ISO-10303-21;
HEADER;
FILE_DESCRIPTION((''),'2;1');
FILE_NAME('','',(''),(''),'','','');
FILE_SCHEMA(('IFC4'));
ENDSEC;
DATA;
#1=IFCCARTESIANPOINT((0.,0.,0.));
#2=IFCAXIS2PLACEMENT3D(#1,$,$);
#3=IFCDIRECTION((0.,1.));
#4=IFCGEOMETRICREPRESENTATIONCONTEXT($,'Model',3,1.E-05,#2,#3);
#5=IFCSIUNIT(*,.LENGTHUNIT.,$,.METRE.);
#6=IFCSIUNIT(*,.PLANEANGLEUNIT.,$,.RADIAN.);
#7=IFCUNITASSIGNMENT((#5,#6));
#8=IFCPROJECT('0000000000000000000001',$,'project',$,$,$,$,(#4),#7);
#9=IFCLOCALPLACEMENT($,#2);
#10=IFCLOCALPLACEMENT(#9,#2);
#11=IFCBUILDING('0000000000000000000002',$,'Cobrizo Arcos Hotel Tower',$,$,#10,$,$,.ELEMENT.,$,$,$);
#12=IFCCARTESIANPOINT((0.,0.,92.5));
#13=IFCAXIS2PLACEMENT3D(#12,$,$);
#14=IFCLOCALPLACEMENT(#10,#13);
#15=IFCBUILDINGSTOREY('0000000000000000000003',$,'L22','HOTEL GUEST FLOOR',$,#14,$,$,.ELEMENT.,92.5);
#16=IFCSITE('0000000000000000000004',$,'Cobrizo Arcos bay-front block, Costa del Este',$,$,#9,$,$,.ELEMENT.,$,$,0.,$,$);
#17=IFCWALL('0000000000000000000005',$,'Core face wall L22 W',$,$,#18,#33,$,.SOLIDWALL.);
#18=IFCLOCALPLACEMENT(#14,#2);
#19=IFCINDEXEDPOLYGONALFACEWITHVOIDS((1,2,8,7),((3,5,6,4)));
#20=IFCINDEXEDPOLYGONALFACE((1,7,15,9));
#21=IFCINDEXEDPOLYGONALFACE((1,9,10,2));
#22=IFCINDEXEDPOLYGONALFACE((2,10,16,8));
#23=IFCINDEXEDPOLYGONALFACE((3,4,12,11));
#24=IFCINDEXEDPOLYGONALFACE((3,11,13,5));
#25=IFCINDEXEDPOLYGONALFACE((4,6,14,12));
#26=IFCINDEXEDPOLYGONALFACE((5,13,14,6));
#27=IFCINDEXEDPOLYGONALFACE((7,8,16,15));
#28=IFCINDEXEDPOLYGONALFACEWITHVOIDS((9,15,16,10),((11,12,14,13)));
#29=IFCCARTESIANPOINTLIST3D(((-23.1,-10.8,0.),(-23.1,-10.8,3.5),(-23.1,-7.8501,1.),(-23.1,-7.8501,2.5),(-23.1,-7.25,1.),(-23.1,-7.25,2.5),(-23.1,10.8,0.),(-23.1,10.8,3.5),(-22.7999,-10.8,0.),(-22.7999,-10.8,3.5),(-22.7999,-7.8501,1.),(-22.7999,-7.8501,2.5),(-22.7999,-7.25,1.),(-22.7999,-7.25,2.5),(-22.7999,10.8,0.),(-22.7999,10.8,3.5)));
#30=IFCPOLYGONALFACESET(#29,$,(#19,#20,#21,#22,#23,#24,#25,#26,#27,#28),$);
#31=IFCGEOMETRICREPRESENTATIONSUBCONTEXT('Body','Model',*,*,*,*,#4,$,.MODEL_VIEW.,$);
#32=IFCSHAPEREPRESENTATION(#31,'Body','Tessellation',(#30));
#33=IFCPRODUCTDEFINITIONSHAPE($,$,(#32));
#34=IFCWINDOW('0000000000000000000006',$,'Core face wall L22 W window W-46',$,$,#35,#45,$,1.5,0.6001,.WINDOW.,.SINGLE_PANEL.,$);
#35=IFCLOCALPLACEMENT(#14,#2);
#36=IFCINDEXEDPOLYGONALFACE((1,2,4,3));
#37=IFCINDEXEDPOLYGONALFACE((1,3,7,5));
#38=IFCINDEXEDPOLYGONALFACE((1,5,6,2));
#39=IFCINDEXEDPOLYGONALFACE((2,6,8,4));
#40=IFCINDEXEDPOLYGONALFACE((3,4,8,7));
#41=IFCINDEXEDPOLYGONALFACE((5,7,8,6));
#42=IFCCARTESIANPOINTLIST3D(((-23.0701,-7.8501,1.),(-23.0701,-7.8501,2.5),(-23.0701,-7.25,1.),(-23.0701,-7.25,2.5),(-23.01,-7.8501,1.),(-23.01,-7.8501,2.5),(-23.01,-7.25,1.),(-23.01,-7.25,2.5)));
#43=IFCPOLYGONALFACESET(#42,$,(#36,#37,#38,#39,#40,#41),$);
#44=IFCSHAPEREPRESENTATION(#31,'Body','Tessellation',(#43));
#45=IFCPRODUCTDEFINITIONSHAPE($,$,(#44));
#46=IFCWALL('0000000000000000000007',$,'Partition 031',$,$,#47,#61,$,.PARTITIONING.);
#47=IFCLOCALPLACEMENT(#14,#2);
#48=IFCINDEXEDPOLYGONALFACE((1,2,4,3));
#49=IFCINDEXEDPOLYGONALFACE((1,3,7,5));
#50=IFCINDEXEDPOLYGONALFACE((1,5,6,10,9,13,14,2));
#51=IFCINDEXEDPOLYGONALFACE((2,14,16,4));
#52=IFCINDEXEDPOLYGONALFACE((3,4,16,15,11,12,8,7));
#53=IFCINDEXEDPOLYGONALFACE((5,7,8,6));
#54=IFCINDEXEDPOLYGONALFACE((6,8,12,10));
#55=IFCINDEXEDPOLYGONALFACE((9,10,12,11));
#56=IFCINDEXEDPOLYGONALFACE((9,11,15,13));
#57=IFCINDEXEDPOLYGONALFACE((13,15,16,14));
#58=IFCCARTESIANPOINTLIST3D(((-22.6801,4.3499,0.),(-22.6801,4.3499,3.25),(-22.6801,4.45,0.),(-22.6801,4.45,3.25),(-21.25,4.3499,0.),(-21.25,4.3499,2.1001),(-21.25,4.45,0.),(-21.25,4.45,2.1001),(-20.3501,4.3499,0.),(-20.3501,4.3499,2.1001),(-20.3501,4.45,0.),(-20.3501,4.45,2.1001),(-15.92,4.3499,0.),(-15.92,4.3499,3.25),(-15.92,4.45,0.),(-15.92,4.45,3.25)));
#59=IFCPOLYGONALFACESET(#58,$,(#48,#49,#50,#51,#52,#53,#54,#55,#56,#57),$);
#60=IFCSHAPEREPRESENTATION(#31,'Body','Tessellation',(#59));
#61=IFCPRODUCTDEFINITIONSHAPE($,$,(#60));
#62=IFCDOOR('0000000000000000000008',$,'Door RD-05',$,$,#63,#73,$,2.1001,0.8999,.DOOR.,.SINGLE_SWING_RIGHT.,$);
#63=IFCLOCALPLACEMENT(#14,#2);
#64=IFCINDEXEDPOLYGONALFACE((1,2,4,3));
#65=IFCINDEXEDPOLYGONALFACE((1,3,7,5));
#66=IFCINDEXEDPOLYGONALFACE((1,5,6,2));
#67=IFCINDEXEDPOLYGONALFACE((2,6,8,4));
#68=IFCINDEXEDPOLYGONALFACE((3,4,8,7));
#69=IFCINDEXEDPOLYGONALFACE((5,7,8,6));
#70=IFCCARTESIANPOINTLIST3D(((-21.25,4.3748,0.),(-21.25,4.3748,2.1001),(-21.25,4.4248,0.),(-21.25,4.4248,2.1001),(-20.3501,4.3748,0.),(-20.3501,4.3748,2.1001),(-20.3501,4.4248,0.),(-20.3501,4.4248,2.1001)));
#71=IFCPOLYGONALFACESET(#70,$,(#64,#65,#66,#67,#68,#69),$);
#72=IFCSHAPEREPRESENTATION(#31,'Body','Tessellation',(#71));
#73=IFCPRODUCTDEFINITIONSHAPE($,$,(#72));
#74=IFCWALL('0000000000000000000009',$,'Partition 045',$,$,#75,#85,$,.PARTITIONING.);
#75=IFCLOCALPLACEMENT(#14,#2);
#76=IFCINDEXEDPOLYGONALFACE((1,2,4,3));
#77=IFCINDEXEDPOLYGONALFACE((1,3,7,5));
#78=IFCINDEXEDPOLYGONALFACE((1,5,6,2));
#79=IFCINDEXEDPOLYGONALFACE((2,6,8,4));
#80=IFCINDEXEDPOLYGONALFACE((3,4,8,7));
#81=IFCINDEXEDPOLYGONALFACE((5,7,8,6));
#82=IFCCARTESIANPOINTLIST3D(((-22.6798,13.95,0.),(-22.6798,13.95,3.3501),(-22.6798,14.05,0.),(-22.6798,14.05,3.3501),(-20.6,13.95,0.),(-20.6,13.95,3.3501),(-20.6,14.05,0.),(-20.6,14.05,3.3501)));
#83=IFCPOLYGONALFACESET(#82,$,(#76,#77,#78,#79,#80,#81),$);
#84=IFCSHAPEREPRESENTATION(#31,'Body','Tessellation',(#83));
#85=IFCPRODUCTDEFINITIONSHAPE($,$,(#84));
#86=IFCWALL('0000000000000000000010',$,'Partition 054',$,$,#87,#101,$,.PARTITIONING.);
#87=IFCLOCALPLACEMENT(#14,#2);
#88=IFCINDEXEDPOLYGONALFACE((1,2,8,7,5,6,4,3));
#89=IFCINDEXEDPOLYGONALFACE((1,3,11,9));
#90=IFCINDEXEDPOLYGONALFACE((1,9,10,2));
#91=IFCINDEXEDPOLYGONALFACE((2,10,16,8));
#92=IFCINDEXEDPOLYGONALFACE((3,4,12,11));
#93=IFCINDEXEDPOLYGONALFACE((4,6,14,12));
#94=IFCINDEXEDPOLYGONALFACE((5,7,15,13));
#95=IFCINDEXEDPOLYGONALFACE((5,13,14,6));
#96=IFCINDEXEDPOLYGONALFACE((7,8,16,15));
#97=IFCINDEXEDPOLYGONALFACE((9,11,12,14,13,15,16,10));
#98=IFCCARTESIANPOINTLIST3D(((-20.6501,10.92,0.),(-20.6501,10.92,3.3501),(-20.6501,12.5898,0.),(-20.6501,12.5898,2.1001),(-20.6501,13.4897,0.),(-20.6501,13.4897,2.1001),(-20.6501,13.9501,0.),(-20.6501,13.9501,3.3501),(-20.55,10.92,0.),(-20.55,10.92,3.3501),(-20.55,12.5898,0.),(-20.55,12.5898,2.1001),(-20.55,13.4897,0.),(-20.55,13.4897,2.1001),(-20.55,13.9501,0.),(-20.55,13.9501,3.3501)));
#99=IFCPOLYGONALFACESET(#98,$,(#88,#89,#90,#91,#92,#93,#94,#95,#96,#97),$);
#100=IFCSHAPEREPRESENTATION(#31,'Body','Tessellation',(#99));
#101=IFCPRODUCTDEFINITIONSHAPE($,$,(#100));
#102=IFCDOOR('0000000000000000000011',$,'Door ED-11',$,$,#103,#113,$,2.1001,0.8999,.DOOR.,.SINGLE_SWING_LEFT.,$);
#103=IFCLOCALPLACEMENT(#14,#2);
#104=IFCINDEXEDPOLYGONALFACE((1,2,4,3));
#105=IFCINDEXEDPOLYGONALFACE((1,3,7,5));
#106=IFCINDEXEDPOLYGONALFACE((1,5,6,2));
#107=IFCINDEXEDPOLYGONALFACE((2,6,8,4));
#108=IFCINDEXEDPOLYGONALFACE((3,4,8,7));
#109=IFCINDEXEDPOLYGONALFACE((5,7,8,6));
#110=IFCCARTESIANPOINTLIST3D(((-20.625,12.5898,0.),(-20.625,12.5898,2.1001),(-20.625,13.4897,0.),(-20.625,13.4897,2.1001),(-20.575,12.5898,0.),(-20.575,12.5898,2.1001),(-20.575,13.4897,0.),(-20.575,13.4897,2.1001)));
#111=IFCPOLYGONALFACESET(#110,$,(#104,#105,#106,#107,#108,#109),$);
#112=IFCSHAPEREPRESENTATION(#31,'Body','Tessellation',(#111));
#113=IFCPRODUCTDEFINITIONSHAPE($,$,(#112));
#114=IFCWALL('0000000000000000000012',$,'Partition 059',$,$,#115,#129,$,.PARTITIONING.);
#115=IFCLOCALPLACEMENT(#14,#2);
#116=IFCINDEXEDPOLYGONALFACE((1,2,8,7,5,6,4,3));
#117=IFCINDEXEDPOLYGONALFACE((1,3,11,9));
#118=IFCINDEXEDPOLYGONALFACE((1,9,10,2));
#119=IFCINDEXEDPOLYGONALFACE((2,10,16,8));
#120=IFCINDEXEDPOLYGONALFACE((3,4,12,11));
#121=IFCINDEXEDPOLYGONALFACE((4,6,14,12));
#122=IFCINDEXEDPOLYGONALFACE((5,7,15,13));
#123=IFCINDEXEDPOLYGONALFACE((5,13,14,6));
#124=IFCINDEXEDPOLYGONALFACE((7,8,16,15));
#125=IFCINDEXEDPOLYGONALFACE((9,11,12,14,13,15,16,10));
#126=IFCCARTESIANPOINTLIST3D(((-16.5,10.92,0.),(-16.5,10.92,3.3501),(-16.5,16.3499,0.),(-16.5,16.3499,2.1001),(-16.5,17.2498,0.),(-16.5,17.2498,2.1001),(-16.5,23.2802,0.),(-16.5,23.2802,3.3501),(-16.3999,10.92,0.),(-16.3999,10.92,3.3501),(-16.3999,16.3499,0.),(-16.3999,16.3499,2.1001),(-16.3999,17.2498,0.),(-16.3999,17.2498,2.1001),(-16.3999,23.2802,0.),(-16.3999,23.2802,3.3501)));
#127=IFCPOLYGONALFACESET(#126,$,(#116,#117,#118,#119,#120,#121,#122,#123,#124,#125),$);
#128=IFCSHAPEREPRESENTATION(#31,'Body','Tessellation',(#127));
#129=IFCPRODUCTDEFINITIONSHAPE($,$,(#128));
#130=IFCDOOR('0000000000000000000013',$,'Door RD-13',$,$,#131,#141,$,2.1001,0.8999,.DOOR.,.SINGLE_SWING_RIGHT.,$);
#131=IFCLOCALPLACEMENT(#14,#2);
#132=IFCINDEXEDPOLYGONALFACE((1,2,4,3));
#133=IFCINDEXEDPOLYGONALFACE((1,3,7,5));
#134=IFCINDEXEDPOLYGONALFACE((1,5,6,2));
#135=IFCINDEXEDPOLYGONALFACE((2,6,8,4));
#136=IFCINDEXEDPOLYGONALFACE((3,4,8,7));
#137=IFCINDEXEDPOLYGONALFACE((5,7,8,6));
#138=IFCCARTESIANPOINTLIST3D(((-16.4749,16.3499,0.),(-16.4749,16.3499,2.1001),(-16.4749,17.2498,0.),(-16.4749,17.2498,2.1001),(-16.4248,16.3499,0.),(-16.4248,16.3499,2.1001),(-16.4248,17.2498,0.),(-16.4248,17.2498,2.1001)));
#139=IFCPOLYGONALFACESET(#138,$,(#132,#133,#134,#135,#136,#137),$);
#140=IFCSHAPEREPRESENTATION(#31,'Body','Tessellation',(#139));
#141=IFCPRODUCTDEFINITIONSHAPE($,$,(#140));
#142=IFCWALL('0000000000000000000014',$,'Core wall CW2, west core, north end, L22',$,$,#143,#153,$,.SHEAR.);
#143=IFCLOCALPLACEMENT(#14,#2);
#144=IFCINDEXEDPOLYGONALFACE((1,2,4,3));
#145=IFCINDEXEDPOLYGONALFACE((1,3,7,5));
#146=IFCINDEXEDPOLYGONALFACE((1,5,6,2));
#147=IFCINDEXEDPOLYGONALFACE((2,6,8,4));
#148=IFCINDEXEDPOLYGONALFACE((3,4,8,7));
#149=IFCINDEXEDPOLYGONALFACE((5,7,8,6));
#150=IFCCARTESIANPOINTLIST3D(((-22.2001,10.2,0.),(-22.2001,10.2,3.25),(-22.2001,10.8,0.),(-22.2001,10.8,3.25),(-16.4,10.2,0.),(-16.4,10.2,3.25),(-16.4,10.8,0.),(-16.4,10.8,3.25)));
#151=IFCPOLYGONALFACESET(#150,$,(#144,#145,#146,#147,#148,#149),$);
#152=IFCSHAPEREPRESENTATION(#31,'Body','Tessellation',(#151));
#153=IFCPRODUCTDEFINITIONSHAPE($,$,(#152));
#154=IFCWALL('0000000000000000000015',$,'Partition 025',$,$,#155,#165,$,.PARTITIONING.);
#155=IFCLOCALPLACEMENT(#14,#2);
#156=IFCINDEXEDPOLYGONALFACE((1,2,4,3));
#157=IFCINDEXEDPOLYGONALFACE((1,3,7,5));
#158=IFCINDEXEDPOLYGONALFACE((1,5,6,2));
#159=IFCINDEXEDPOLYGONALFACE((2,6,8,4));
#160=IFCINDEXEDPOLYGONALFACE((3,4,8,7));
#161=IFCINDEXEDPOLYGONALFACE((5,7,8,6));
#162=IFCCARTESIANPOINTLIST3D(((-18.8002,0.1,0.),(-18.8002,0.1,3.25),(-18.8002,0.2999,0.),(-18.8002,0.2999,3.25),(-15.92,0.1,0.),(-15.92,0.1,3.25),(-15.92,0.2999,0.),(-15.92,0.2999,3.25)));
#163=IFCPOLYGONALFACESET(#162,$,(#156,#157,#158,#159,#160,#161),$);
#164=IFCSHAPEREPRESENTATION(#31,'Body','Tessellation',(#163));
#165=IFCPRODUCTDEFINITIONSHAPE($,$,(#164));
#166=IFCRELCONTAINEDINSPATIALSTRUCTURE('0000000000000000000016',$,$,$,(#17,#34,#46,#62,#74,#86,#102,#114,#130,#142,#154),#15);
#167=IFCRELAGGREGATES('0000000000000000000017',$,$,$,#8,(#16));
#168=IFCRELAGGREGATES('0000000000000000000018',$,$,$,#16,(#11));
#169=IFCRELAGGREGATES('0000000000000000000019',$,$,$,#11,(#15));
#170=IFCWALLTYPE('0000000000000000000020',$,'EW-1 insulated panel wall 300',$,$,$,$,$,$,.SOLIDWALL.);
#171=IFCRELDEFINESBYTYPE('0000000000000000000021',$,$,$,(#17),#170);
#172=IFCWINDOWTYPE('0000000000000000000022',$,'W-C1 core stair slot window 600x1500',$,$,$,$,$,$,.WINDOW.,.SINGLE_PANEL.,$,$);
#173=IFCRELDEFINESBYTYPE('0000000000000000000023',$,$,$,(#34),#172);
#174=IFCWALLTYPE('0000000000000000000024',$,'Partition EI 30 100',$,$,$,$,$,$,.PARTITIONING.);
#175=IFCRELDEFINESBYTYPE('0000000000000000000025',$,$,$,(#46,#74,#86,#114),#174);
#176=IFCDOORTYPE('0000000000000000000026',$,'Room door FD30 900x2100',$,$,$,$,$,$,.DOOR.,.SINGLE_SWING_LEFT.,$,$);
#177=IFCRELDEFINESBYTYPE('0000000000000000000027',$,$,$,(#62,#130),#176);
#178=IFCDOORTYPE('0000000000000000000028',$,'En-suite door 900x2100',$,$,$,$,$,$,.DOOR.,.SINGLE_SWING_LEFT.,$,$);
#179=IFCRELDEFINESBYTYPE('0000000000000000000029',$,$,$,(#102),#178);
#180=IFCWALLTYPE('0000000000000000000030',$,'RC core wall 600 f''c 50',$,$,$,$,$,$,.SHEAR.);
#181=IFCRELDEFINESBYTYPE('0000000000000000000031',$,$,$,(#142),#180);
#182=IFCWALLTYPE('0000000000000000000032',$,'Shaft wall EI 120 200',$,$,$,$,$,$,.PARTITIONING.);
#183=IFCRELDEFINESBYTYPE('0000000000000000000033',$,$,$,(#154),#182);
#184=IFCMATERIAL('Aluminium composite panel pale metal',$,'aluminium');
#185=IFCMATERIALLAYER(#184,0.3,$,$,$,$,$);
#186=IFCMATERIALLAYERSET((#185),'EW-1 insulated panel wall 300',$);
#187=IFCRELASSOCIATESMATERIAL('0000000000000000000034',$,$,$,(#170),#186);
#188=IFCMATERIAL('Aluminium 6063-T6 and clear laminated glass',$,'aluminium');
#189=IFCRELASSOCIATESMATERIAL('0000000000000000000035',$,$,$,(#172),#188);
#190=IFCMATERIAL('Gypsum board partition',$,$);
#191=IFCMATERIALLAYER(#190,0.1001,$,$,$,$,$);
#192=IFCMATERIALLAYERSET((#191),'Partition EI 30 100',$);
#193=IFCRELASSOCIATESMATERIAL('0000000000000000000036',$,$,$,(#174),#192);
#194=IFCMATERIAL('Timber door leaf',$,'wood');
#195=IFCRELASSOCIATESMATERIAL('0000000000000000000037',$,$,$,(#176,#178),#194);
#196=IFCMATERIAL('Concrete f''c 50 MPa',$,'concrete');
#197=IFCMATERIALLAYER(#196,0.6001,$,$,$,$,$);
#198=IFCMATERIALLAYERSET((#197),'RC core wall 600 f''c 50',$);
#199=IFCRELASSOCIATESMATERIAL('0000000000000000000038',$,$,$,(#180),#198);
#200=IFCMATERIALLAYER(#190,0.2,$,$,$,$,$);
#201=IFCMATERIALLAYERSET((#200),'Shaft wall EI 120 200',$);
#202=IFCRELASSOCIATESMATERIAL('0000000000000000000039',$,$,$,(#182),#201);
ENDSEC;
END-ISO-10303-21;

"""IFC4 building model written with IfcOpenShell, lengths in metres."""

from ifc_helpers import new_model, si_unit, direction, frame, frame_2d, origin, place, context, subcontext, project, spatial, rectangle, extrude, material, layer, layer_set, type_object, element, fill, save


model = new_model("IFC4")

# Units and contexts
model_context = context("Model", 3, precision=1e-05, world=origin(), true_north=direction((0.0, 1.0)))
body_context = subcontext(model_context, "Body", "Model", "MODEL_VIEW")
ifc_project = project(units=[si_unit("LENGTHUNIT", "METRE"), si_unit("PLANEANGLEUNIT", "RADIAN")], contexts=[model_context])

# Site, building, storey
site_placement = place(None, origin())
site = spatial("IfcSite", under=ifc_project, at=site_placement, Name="Cobrizo Arcos bay-front block, Costa del Este", CompositionType="ELEMENT", RefElevation=0.0)
building_placement = place(site_placement, origin())
building = spatial("IfcBuilding", under=site, at=building_placement, Name="Cobrizo Arcos Hotel Tower", CompositionType="ELEMENT")
storey_placement = place(building_placement, frame((0.0, 0.0, 92.5)))
storey = spatial("IfcBuildingStorey", under=building, at=storey_placement, Name="L22", Description="HOTEL GUEST FLOOR", CompositionType="ELEMENT", Elevation=92.5)

# Shared definitions
ifc_material_1 = material(Name="Aluminium composite panel pale metal", Category="aluminium")

# Wall, opening, window
ifc_layer_1 = layer(ifc_material_1, 0.3)
ifc_layer_set_1 = layer_set([ifc_layer_1], Name="EW-1 insulated panel wall 300")
wall_type_1 = type_object("IfcWallType", Name="EW-1 insulated panel wall 300", PredefinedType="SOLIDWALL", material=ifc_layer_set_1)
wall_1_placement = place(storey_placement, frame((-22.95, 10.8, 0.0), z_axis=(0.0, 0.0, 1.0), x_axis=(0.0, -1.0, 0.0)))
wall_1 = element("IfcWall", 1, at=wall_1_placement, inside=storey, type_object=wall_type_1, Name="Core face wall L22 W", PredefinedType="SOLIDWALL", context=body_context, shape_type="SweptSolid", body=[
    extrude(rectangle(XDim=21.6001, YDim=0.3, at=frame_2d((10.8, 0.0))), origin(), (0.0, 0.0, 1.0), 3.5),
])
opening_1_placement = place(wall_1_placement, frame((18.05, 0.0, 1.0)))
opening_1 = element("IfcOpeningElement", 2, at=opening_1_placement, cuts=wall_1, PredefinedType="OPENING", context=body_context, shape_type="SweptSolid", body=[
    extrude(rectangle(XDim=0.6001, YDim=1.5, at=frame_2d((0.3, 0.75))), frame((0.0, 0.1621, 0.0), z_axis=(0.0, -1.0, 0.0), x_axis=(1.0, 0.0, 0.0)), (0.0, 0.0, 1.0), 0.324),
])
ifc_material_2 = material(Name="Aluminium 6063-T6 and clear laminated glass", Category="aluminium")
window_type = type_object("IfcWindowType", Name="W-C1 core stair slot window 600x1500", PartitioningType="SINGLE_PANEL", PredefinedType="WINDOW", material=ifc_material_2)
window_placement = place(opening_1_placement, origin())
window = element("IfcWindow", 3, at=window_placement, inside=storey, type_object=window_type, Name="Core face wall L22 W window W-46", OverallHeight=1.5, OverallWidth=0.6001, PartitioningType="SINGLE_PANEL", PredefinedType="WINDOW", context=body_context, shape_type="SweptSolid", body=[
    extrude(rectangle(XDim=0.6001, YDim=1.5, at=frame_2d((0.3, 0.75))), frame((0.0, -0.0601, 0.0), z_axis=(0.0, -1.0, 0.0), x_axis=(1.0, 0.0, 0.0)), (0.0, 0.0, 1.0), 0.0601),
])
fill(opening_1, window)

# Wall, opening, door
ifc_material_3 = material(Name="Gypsum board partition")
ifc_layer_2 = layer(ifc_material_3, 0.1001)
ifc_layer_set_2 = layer_set([ifc_layer_2], Name="Partition EI 30 100")
wall_type_2 = type_object("IfcWallType", Name="Partition EI 30 100", PredefinedType="PARTITIONING", material=ifc_layer_set_2)
wall_2_placement = place(storey_placement, frame((-22.6799, 4.3999, 0.0), z_axis=(0.0, 0.0, 1.0), x_axis=(1.0, 0.0, 0.0)))
wall_2 = element("IfcWall", 4, at=wall_2_placement, inside=storey, type_object=wall_type_2, Name="Partition 031", PredefinedType="PARTITIONING", context=body_context, shape_type="SweptSolid", body=[
    extrude(rectangle(XDim=6.76, YDim=0.1001, at=frame_2d((3.3799, 0.0))), origin(), (0.0, 0.0, 1.0), 3.25),
])
opening_2_placement = place(wall_2_placement, frame((1.4299, 0.0, 0.0)))
opening_2 = element("IfcOpeningElement", 5, at=opening_2_placement, cuts=wall_2, PredefinedType="OPENING", context=body_context, shape_type="SweptSolid", body=[
    extrude(rectangle(XDim=0.8999, YDim=2.1001, at=frame_2d((0.45, 1.05))), frame((0.0, 0.062, 0.0), z_axis=(0.0, -1.0, 0.0), x_axis=(1.0, 0.0, 0.0)), (0.0, 0.0, 1.0), 0.124),
])
ifc_material_4 = material(Name="Timber door leaf", Category="wood")
door_type_1 = type_object("IfcDoorType", Name="Room door FD30 900x2100", OperationType="SINGLE_SWING_LEFT", PredefinedType="DOOR", material=ifc_material_4)
door_1_placement = place(opening_2_placement, origin())
door_1 = element("IfcDoor", 6, at=door_1_placement, inside=storey, type_object=door_type_1, Name="Door RD-05", OperationType="SINGLE_SWING_RIGHT", OverallHeight=2.1001, OverallWidth=0.8999, PredefinedType="DOOR", context=body_context, shape_type="SweptSolid", body=[
    extrude(rectangle(XDim=0.8999, YDim=2.1001, at=frame_2d((0.45, 1.05))), frame((0.0, 0.0249, 0.0), z_axis=(0.0, -1.0, 0.0), x_axis=(1.0, 0.0, 0.0)), (0.0, 0.0, 1.0), 0.05),
])
fill(opening_2, door_1)

# Wall
wall_3_placement = place(storey_placement, frame((-22.6799, 14.0, 0.0), z_axis=(0.0, 0.0, 1.0), x_axis=(1.0, 0.0, 0.0)))
element("IfcWall", 7, at=wall_3_placement, inside=storey, type_object=wall_type_2, Name="Partition 045", PredefinedType="PARTITIONING", context=body_context, shape_type="SweptSolid", body=[
    extrude(rectangle(XDim=2.0798, YDim=0.1001, at=frame_2d((1.04, 0.0))), origin(), (0.0, 0.0, 1.0), 3.3501),
])

# Walls, openings, doors
wall_4_placement = place(storey_placement, frame((-20.6001, 10.9199, 0.0), z_axis=(0.0, 0.0, 1.0), x_axis=(0.0, 1.0, 0.0)))
wall_4 = element("IfcWall", 8, at=wall_4_placement, inside=storey, type_object=wall_type_2, Name="Partition 054", PredefinedType="PARTITIONING", context=body_context, shape_type="SweptSolid", body=[
    extrude(rectangle(XDim=3.03, YDim=0.1001, at=frame_2d((1.5151, 0.0))), origin(), (0.0, 0.0, 1.0), 3.3501),
])
opening_3_placement = place(wall_4_placement, frame((1.6699, 0.0, 0.0)))
opening_3 = element("IfcOpeningElement", 9, at=opening_3_placement, cuts=wall_4, PredefinedType="OPENING", context=body_context, shape_type="SweptSolid", body=[
    extrude(rectangle(XDim=0.8999, YDim=2.1001, at=frame_2d((0.45, 1.05))), frame((0.0, 0.062, 0.0), z_axis=(0.0, -1.0, 0.0), x_axis=(1.0, 0.0, 0.0)), (0.0, 0.0, 1.0), 0.124),
])
door_type_2 = type_object("IfcDoorType", Name="En-suite door 900x2100", OperationType="SINGLE_SWING_LEFT", PredefinedType="DOOR", material=ifc_material_4)
door_2_placement = place(opening_3_placement, origin())
door_2 = element("IfcDoor", 10, at=door_2_placement, inside=storey, type_object=door_type_2, Name="Door ED-11", OperationType="SINGLE_SWING_LEFT", OverallHeight=2.1001, OverallWidth=0.8999, PredefinedType="DOOR", context=body_context, shape_type="SweptSolid", body=[
    extrude(rectangle(XDim=0.8999, YDim=2.1001, at=frame_2d((0.45, 1.05))), frame((0.0, 0.0249, 0.0), z_axis=(0.0, -1.0, 0.0), x_axis=(1.0, 0.0, 0.0)), (0.0, 0.0, 1.0), 0.05),
])
fill(opening_3, door_2)
wall_5_placement = place(storey_placement, frame((-16.45, 10.9199, 0.0), z_axis=(0.0, 0.0, 1.0), x_axis=(0.0, 1.0, 0.0)))
wall_5 = element("IfcWall", 11, at=wall_5_placement, inside=storey, type_object=wall_type_2, Name="Partition 059", PredefinedType="PARTITIONING", context=body_context, shape_type="SweptSolid", body=[
    extrude(rectangle(XDim=12.3601, YDim=0.1001, at=frame_2d((6.1802, 0.0))), origin(), (0.0, 0.0, 1.0), 3.3501),
])
opening_4_placement = place(wall_5_placement, frame((5.4299, 0.0, 0.0)))
opening_4 = element("IfcOpeningElement", 12, at=opening_4_placement, cuts=wall_5, PredefinedType="OPENING", context=body_context, shape_type="SweptSolid", body=[
    extrude(rectangle(XDim=0.8999, YDim=2.1001, at=frame_2d((0.45, 1.05))), frame((0.0, 0.062, 0.0), z_axis=(0.0, -1.0, 0.0), x_axis=(1.0, 0.0, 0.0)), (0.0, 0.0, 1.0), 0.124),
])
door_3_placement = place(opening_4_placement, origin())
door_3 = element("IfcDoor", 13, at=door_3_placement, inside=storey, type_object=door_type_1, Name="Door RD-13", OperationType="SINGLE_SWING_RIGHT", OverallHeight=2.1001, OverallWidth=0.8999, PredefinedType="DOOR", context=body_context, shape_type="SweptSolid", body=[
    extrude(rectangle(XDim=0.8999, YDim=2.1001, at=frame_2d((0.45, 1.05))), frame((0.0, 0.0249, 0.0), z_axis=(0.0, -1.0, 0.0), x_axis=(1.0, 0.0, 0.0)), (0.0, 0.0, 1.0), 0.05),
])
fill(opening_4, door_3)

# Walls
ifc_material_5 = material(Name="Concrete f'c 50 MPa", Category="concrete")
ifc_layer_3 = layer(ifc_material_5, 0.6001)
ifc_layer_set_3 = layer_set([ifc_layer_3], Name="RC core wall 600 f'c 50")
wall_type_3 = type_object("IfcWallType", Name="RC core wall 600 f'c 50", PredefinedType="SHEAR", material=ifc_layer_set_3)
wall_6_placement = place(storey_placement, frame((-22.2, 10.5, 0.0), z_axis=(0.0, 0.0, 1.0), x_axis=(1.0, 0.0, 0.0)))
element("IfcWall", 14, at=wall_6_placement, inside=storey, type_object=wall_type_3, Name="Core wall CW2, west core, north end, L22", PredefinedType="SHEAR", context=body_context, shape_type="SweptSolid", body=[
    extrude(rectangle(XDim=5.8, YDim=0.6001, at=frame_2d((2.8999, 0.0))), origin(), (0.0, 0.0, 1.0), 3.25),
])
ifc_layer_4 = layer(ifc_material_3, 0.2)
ifc_layer_set_4 = layer_set([ifc_layer_4], Name="Shaft wall EI 120 200")
wall_type_4 = type_object("IfcWallType", Name="Shaft wall EI 120 200", PredefinedType="PARTITIONING", material=ifc_layer_set_4)
for number, where, z_axis, x_axis, name in (
    (15, (-18.8, 0.2, 0.0), (0.0, 0.0, 1.0), (1.0, 0.0, 0.0), "Partition 025"),
):
    element("IfcWall", number, at=place(storey_placement, frame(where, z_axis=z_axis, x_axis=x_axis)), inside=storey, type_object=wall_type_4, Name=name, PredefinedType="PARTITIONING", context=body_context, shape_type="SweptSolid", body=[
        extrude(rectangle(XDim=2.8801, YDim=0.2, at=frame_2d((1.4399, 0.0))), origin(), (0.0, 0.0, 1.0), 3.25),
    ])

save(model, "model.ifc")
